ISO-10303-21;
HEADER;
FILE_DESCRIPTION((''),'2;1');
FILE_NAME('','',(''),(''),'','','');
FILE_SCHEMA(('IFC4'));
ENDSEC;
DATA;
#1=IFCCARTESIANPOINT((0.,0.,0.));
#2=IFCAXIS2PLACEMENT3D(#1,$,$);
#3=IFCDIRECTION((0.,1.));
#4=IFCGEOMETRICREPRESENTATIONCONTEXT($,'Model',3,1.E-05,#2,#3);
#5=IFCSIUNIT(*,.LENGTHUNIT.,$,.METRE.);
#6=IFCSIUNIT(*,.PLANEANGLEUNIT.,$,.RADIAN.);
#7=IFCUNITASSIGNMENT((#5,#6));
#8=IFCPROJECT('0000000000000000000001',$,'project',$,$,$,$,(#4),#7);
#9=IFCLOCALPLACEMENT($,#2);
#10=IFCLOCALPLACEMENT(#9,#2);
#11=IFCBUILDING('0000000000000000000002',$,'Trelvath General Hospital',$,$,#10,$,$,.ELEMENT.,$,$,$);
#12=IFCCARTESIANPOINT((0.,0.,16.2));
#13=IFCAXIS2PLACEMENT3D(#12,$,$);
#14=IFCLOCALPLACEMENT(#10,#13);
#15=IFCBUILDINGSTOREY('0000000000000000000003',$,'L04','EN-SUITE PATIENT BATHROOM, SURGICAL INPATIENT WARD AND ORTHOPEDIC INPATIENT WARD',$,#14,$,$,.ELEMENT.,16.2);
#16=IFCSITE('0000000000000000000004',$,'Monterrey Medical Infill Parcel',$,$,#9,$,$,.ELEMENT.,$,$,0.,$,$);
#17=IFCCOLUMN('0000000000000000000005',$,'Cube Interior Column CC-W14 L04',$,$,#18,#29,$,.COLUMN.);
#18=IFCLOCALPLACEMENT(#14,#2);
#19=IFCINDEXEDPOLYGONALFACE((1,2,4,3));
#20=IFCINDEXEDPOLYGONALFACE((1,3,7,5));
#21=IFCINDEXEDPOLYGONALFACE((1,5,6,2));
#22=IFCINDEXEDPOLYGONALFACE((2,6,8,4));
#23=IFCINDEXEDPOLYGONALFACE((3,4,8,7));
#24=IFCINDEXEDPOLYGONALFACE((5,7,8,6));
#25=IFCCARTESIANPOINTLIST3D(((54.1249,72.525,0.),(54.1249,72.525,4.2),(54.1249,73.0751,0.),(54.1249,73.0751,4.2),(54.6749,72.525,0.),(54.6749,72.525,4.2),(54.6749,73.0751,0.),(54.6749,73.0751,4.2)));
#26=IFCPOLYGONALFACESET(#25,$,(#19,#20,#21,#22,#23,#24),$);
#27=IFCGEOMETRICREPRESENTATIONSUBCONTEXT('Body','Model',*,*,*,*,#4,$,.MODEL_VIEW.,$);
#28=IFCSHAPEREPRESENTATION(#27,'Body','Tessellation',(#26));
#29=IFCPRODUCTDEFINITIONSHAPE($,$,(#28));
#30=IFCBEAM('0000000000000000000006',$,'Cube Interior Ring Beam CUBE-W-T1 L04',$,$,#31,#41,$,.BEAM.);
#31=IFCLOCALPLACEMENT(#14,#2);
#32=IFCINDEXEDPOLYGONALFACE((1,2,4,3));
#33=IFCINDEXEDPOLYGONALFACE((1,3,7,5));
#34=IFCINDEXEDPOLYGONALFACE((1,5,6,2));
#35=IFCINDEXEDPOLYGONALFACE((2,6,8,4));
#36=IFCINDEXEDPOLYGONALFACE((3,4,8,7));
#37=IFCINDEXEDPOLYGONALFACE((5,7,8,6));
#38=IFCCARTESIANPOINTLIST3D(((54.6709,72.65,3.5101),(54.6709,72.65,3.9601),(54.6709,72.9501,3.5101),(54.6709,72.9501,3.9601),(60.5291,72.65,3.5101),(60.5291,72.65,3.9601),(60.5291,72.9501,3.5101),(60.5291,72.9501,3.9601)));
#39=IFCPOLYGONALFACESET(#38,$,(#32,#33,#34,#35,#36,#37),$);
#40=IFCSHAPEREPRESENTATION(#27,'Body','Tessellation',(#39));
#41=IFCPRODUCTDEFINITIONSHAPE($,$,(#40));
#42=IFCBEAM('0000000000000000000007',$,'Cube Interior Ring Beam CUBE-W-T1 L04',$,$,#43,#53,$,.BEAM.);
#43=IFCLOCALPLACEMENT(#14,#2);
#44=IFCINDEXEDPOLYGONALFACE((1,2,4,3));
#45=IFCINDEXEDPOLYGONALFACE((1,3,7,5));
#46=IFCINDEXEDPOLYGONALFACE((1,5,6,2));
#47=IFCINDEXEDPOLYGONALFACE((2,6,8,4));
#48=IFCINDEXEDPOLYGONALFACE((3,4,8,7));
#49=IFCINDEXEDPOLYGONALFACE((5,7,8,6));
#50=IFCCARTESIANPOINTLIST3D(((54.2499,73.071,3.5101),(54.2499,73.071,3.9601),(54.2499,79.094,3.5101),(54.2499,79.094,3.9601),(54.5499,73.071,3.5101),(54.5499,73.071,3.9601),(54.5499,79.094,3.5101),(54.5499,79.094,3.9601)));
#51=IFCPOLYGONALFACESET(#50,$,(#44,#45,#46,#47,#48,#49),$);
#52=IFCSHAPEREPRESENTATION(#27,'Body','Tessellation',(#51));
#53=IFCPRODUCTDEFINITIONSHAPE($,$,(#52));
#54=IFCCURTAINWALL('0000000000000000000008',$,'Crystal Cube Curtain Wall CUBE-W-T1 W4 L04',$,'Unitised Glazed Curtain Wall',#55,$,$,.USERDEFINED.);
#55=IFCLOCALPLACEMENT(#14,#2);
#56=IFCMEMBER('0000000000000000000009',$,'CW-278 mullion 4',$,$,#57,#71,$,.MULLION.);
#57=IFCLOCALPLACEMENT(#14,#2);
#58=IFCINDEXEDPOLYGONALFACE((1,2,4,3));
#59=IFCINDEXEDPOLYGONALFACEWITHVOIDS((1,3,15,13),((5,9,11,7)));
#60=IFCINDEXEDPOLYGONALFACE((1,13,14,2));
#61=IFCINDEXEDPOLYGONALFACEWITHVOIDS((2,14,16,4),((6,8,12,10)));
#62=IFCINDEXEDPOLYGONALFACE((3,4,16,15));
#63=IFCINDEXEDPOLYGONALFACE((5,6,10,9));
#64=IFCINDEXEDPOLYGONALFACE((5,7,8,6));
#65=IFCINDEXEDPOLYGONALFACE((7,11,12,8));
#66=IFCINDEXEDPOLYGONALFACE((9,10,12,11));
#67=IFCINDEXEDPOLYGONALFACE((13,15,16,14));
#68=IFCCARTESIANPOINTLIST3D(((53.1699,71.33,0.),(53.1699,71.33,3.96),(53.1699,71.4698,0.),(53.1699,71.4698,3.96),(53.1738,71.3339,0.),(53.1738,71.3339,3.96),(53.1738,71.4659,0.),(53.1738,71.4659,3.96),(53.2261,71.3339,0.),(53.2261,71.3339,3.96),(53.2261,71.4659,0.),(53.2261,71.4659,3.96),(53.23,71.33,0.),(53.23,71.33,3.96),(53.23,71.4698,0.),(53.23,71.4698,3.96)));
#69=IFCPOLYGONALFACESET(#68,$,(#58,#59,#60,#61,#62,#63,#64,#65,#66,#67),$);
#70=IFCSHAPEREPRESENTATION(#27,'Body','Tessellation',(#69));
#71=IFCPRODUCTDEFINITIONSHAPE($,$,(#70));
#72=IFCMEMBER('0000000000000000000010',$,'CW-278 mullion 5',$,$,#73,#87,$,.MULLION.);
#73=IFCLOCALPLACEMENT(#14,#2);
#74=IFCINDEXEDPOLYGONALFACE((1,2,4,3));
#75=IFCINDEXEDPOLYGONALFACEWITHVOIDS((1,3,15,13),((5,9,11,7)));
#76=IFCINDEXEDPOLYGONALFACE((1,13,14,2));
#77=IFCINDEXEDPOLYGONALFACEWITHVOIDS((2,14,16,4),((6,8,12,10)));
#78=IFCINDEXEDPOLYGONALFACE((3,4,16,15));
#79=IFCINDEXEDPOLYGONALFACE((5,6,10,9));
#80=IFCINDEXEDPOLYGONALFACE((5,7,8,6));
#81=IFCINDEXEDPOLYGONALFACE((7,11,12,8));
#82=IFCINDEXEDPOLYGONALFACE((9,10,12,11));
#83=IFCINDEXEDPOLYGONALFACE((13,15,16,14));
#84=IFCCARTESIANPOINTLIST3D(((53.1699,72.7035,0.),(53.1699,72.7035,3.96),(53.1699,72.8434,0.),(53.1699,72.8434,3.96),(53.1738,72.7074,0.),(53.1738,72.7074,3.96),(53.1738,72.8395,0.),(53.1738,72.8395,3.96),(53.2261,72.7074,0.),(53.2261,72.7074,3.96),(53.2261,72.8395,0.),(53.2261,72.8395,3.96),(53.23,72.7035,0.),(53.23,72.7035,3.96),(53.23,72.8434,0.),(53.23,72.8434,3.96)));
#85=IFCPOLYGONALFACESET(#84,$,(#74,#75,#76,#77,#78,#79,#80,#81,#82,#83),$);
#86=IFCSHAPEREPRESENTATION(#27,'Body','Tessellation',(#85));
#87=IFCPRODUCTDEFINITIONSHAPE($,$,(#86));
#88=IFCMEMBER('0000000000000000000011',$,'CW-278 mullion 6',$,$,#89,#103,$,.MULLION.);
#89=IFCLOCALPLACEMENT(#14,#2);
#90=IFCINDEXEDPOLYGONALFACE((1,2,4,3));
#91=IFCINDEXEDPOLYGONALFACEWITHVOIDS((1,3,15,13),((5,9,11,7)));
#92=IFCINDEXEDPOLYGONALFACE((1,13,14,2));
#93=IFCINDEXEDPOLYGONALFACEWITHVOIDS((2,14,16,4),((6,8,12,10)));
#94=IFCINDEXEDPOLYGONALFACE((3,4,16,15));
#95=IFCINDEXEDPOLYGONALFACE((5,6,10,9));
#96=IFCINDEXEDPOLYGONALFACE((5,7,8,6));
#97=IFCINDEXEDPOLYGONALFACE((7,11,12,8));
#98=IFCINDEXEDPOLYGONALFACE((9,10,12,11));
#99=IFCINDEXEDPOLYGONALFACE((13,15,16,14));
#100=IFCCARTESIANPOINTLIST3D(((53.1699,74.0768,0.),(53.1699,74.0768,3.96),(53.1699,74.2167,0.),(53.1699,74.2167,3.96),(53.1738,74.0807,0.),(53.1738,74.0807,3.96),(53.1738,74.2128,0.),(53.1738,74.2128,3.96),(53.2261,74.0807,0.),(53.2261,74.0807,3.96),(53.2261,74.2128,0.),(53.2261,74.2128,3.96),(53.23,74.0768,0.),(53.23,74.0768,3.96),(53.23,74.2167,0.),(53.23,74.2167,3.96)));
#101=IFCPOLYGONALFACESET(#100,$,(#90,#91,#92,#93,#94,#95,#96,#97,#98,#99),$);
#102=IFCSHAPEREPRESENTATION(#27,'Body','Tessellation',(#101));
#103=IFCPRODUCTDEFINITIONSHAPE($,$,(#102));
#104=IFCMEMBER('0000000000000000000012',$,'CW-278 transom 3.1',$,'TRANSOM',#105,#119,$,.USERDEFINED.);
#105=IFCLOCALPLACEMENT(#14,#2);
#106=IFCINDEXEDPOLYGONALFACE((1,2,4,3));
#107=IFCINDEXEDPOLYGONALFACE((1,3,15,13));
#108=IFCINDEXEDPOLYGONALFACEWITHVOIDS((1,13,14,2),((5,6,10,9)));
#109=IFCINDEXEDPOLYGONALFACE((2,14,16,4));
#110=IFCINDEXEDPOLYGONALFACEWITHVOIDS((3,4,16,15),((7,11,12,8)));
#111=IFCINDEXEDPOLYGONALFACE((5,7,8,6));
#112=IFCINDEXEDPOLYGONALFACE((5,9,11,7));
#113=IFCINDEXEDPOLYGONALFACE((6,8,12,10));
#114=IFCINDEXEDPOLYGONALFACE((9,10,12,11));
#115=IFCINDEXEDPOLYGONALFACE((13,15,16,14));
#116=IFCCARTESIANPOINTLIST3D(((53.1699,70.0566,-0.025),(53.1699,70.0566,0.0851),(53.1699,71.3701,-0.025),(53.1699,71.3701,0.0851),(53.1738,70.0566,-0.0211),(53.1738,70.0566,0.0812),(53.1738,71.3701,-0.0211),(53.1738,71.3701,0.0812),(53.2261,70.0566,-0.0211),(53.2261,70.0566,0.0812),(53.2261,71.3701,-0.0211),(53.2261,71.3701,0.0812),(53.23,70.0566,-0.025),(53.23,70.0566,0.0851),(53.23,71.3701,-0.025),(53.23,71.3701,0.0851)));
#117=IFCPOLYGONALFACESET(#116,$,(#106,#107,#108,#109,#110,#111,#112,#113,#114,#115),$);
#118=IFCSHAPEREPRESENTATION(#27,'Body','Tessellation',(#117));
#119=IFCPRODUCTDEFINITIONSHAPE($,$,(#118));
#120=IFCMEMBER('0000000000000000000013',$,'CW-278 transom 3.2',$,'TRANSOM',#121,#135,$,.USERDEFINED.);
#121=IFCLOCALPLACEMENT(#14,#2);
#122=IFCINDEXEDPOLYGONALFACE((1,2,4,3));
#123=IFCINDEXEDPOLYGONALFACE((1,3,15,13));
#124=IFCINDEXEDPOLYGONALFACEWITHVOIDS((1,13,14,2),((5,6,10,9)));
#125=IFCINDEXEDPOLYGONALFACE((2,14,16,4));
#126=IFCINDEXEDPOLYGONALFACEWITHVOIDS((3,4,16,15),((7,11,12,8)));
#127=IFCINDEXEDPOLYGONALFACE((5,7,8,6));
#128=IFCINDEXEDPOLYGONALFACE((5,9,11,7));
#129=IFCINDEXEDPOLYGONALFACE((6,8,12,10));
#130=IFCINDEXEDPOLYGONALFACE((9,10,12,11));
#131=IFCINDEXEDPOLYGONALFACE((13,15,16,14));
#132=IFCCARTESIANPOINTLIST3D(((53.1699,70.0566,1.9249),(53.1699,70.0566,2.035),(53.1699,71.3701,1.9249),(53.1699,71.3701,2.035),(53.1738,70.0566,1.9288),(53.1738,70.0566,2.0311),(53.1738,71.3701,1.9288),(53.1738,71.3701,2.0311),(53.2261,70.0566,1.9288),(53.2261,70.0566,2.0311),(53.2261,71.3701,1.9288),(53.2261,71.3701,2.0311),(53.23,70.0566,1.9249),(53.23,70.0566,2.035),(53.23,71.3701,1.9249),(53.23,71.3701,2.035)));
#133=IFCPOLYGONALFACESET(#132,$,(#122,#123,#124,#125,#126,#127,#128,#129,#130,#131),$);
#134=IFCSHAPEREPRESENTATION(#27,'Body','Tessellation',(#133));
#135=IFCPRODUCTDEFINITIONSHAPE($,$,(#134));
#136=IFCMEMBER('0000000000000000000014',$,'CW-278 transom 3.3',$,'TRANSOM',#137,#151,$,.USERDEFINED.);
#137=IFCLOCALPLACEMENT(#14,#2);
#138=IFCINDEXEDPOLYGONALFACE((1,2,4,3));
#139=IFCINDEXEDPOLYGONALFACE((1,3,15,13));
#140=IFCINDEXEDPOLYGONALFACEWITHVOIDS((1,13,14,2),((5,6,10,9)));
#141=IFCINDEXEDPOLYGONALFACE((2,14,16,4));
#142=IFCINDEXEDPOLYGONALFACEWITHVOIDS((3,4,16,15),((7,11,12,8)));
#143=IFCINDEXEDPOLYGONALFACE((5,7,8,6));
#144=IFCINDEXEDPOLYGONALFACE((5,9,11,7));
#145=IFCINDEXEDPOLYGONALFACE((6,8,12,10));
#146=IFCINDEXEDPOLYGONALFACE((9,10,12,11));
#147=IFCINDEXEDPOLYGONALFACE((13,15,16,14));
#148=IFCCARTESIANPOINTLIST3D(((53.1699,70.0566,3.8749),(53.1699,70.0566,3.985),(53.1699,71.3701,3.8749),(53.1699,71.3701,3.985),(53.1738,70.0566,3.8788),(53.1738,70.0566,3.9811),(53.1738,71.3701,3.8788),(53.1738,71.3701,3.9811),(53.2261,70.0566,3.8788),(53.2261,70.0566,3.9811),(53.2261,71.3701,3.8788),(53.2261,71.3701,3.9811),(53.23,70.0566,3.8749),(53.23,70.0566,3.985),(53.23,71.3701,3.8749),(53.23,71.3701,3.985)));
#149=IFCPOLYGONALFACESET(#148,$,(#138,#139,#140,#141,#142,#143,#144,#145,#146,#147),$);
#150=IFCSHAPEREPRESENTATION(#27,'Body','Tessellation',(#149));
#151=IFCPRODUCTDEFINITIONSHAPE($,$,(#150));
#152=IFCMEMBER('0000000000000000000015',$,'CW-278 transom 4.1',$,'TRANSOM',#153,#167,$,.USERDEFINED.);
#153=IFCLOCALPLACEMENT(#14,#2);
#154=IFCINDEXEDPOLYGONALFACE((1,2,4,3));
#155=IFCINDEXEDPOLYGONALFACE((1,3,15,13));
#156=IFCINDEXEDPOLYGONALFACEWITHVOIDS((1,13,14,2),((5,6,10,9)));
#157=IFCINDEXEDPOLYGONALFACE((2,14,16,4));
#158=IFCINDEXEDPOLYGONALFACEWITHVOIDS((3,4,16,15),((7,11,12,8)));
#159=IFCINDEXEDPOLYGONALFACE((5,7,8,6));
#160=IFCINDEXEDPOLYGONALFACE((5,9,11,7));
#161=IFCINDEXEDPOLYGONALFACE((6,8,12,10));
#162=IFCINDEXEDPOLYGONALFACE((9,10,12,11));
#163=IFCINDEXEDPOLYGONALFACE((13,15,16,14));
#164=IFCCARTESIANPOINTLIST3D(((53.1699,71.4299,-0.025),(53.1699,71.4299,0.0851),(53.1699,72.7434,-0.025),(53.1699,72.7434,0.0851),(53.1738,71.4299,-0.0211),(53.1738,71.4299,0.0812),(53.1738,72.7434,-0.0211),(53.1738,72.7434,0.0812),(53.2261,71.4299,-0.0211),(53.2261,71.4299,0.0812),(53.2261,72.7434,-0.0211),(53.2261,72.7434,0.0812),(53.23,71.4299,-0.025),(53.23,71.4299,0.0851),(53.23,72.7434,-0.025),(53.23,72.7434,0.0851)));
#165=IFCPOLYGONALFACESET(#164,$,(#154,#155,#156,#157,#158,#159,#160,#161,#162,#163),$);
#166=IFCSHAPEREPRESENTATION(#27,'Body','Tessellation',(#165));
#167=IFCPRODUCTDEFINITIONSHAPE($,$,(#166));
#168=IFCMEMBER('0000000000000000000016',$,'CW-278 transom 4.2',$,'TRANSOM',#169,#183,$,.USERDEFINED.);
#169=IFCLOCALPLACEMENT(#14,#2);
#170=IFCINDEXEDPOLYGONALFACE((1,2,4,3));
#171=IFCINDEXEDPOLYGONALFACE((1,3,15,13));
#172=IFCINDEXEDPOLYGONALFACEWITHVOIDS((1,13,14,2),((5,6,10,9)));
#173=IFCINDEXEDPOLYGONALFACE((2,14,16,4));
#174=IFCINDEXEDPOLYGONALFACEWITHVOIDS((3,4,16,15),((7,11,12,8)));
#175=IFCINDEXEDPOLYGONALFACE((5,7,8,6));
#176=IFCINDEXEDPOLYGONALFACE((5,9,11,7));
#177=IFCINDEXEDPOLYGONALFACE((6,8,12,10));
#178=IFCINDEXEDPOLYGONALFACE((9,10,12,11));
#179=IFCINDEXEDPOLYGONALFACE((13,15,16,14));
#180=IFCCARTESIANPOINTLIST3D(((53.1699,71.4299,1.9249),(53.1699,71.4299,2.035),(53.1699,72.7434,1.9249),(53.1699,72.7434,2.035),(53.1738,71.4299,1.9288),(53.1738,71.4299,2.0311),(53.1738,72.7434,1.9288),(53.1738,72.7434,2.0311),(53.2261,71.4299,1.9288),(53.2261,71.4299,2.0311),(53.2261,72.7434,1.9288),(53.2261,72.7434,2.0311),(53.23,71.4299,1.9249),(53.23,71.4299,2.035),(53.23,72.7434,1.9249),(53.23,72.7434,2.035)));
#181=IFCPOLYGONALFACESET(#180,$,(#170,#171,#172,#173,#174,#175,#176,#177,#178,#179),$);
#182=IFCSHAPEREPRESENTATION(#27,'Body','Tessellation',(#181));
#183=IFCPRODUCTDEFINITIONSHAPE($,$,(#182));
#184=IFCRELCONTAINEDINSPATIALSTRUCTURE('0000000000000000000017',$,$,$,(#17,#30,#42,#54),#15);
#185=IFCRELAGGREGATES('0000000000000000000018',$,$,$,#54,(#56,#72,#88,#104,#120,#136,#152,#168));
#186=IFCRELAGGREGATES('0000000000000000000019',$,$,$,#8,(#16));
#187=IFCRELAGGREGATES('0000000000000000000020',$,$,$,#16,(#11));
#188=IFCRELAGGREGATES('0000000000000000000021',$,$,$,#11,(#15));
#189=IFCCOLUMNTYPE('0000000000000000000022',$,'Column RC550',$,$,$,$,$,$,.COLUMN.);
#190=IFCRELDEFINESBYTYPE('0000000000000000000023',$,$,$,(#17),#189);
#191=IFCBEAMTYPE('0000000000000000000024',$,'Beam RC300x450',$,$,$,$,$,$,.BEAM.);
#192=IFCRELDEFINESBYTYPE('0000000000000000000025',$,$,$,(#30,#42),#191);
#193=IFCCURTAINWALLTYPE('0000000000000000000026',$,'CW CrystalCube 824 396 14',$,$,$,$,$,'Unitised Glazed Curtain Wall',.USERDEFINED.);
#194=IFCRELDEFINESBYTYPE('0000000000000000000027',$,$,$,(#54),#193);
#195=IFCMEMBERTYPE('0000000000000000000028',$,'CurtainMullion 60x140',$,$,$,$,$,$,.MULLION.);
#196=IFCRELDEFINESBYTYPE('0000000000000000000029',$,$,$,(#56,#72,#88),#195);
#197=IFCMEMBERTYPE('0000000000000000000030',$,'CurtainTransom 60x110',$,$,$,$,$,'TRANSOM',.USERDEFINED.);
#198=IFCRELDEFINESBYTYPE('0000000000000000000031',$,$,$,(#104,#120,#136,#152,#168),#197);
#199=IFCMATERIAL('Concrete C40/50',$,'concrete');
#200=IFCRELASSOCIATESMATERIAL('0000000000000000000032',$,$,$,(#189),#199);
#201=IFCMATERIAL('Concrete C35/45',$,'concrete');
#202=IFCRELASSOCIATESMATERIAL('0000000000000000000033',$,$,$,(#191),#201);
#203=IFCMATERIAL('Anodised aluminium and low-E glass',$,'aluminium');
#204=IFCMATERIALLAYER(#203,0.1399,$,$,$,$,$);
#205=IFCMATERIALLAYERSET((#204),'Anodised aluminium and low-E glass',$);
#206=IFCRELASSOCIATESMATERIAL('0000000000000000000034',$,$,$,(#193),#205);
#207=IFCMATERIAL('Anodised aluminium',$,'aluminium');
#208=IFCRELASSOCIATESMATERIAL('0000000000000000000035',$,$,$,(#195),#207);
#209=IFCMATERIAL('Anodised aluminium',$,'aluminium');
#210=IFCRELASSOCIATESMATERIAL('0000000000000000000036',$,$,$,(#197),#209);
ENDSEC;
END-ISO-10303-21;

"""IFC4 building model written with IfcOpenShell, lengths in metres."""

from ifc_helpers import new_model, si_unit, direction, frame, origin, origin_2d, place, context, subcontext, project, spatial, rectangle, hollow_rectangle, extrude, material, layer, layer_set, material_profile, profile_set, type_object, element, aggregate, save


model = new_model("IFC4")

# Units and contexts
model_context = context("Model", 3, precision=1e-05, world=origin(), true_north=direction((0.0, 1.0)))
body_context = subcontext(model_context, "Body", "Model", "MODEL_VIEW")
ifc_project = project(units=[si_unit("LENGTHUNIT", "METRE"), si_unit("PLANEANGLEUNIT", "RADIAN")], contexts=[model_context])

# Site, building, storey
site_placement = place(None, origin())
site = spatial("IfcSite", under=ifc_project, at=site_placement, Name="Monterrey Medical Infill Parcel", CompositionType="ELEMENT", RefElevation=0.0)
building_placement = place(site_placement, origin())
building = spatial("IfcBuilding", under=site, at=building_placement, Name="Trelvath General Hospital", CompositionType="ELEMENT")
storey_placement = place(building_placement, frame((0.0, 0.0, 16.2)))
storey = spatial("IfcBuildingStorey", under=building, at=storey_placement, Name="L04", Description="EN-SUITE PATIENT BATHROOM, SURGICAL INPATIENT WARD AND ORTHOPEDIC INPATIENT WARD", CompositionType="ELEMENT", Elevation=16.2)

# Column
ifc_material_1 = material(Name="Concrete C40/50", Category="concrete")
ifc_material_profile_1 = material_profile(ifc_material_1, rectangle(XDim=0.55, YDim=0.55, at=origin_2d()), Name="RC550x550")
ifc_profile_set_1 = profile_set([ifc_material_profile_1], Name="Concrete C40/50")
column_type = type_object("IfcColumnType", Name="Column RC550", PredefinedType="COLUMN", material=ifc_profile_set_1)
column_placement = place(storey_placement, frame((54.3999, 72.8, 0.0), z_axis=(0.0, 0.0, 1.0), x_axis=(1.0, 0.0, 0.0)))
element("IfcColumn", 1, at=column_placement, inside=storey, type_object=column_type, Name="Cube Interior Column CC-W14 L04", PredefinedType="COLUMN", context=body_context, shape_type="SweptSolid", body=[
    extrude(rectangle(XDim=0.55, YDim=0.55, at=origin_2d()), origin(), (0.0, 0.0, 1.0), 4.2),
])

# Beams
ifc_material_2 = material(Name="Concrete C35/45", Category="concrete")
ifc_material_profile_2 = material_profile(ifc_material_2, rectangle(XDim=0.3, YDim=0.45, at=origin_2d()), Name="RCB300x450")
ifc_profile_set_2 = profile_set([ifc_material_profile_2], Name="Concrete C35/45")
beam_type = type_object("IfcBeamType", Name="Beam RC300x450", PredefinedType="BEAM", material=ifc_profile_set_2)
beam_1_placement = place(storey_placement, frame((54.6709, 72.8, 3.7351), z_axis=(1.0, 0.0, 0.0), x_axis=(0.0, 1.0, 0.0)))
element("IfcBeam", 2, at=beam_1_placement, inside=storey, type_object=beam_type, Name="Cube Interior Ring Beam CUBE-W-T1 L04", PredefinedType="BEAM", context=body_context, shape_type="SweptSolid", body=[
    extrude(rectangle(XDim=0.3, YDim=0.45, at=origin_2d()), origin(), (0.0, 0.0, 1.0), 5.8582),
])
beam_2_placement = place(storey_placement, frame((54.3999, 73.071, 3.7351), z_axis=(0.0, 1.0, 0.0), x_axis=(-1.0, 0.0, 0.0)))
element("IfcBeam", 3, at=beam_2_placement, inside=storey, type_object=beam_type, Name="Cube Interior Ring Beam CUBE-W-T1 L04", PredefinedType="BEAM", context=body_context, shape_type="SweptSolid", body=[
    extrude(rectangle(XDim=0.3, YDim=0.45, at=origin_2d()), origin(), (0.0, 0.0, 1.0), 6.0229),
])

# Curtain wall, members
ifc_material_3 = material(Name="Anodised aluminium and low-E glass", Category="aluminium")
ifc_layer_1 = layer(ifc_material_3, 0.1399)
ifc_layer_set_1 = layer_set([ifc_layer_1], Name="Anodised aluminium and low-E glass")
curtain_wall_type = type_object("IfcCurtainWallType", Name="CW CrystalCube 824 396 14", ElementType="Unitised Glazed Curtain Wall", PredefinedType="USERDEFINED", material=ifc_layer_set_1)
curtain_wall_placement = place(storey_placement, origin())
curtain_wall = element("IfcCurtainWall", 4, at=curtain_wall_placement, inside=storey, type_object=curtain_wall_type, Name="Crystal Cube Curtain Wall CUBE-W-T1 W4 L04", ObjectType="Unitised Glazed Curtain Wall", PredefinedType="USERDEFINED")
ifc_material_4 = material(Name="Anodised aluminium", Category="aluminium")
ifc_material_profile_3 = material_profile(ifc_material_4, hollow_rectangle(XDim=0.0601, YDim=0.1399, WallThickness=0.0039, at=origin_2d()), Name="RHS60x140x4")
ifc_profile_set_3 = profile_set([ifc_material_profile_3], Name="Anodised aluminium")
member_type_1 = type_object("IfcMemberType", Name="CurtainMullion 60x140", PredefinedType="MULLION", material=ifc_profile_set_3)
member_1_placement = place(storey_placement, frame((53.2, 71.3999, 0.0), z_axis=(0.0, 0.0, 1.0), x_axis=(-1.0, 0.0, 0.0)))
member_1 = element("IfcMember", 5, at=member_1_placement, type_object=member_type_1, Name="CW-278 mullion 4", PredefinedType="MULLION", context=body_context, shape_type="SweptSolid", body=[
    extrude(hollow_rectangle(XDim=0.0601, YDim=0.1399, WallThickness=0.0039, at=origin_2d()), origin(), (0.0, 0.0, 1.0), 3.96),
])
member_2_placement = place(storey_placement, frame((53.2, 72.7734, 0.0), z_axis=(0.0, 0.0, 1.0), x_axis=(-1.0, 0.0, 0.0)))
member_2 = element("IfcMember", 6, at=member_2_placement, type_object=member_type_1, Name="CW-278 mullion 5", PredefinedType="MULLION", context=body_context, shape_type="SweptSolid", body=[
    extrude(hollow_rectangle(XDim=0.0601, YDim=0.1399, WallThickness=0.0039, at=origin_2d()), origin(), (0.0, 0.0, 1.0), 3.96),
])
member_3_placement = place(storey_placement, frame((53.2, 74.1467, 0.0), z_axis=(0.0, 0.0, 1.0), x_axis=(-1.0, 0.0, 0.0)))
member_3 = element("IfcMember", 7, at=member_3_placement, type_object=member_type_1, Name="CW-278 mullion 6", PredefinedType="MULLION", context=body_context, shape_type="SweptSolid", body=[
    extrude(hollow_rectangle(XDim=0.0601, YDim=0.1399, WallThickness=0.0039, at=origin_2d()), origin(), (0.0, 0.0, 1.0), 3.96),
])
ifc_material_5 = material(Name="Anodised aluminium", Category="aluminium")
ifc_material_profile_4 = material_profile(ifc_material_5, hollow_rectangle(XDim=0.0601, YDim=0.1101, WallThickness=0.0039, at=origin_2d()), Name="RHS60x110x4")
ifc_profile_set_4 = profile_set([ifc_material_profile_4], Name="Anodised aluminium")
member_type_2 = type_object("IfcMemberType", Name="CurtainTransom 60x110", ElementType="TRANSOM", PredefinedType="USERDEFINED", material=ifc_profile_set_4)
member_4_placement = place(storey_placement, frame((53.2, 70.0566, 0.03), z_axis=(0.0, 1.0, 0.0), x_axis=(-1.0, 0.0, 0.0)))
member_4 = element("IfcMember", 8, at=member_4_placement, type_object=member_type_2, Name="CW-278 transom 3.1", ObjectType="TRANSOM", PredefinedType="USERDEFINED", context=body_context, shape_type="SweptSolid", body=[
    extrude(hollow_rectangle(XDim=0.0601, YDim=0.1101, WallThickness=0.0039, at=origin_2d()), origin(), (0.0, 0.0, 1.0), 1.3135),
])
member_5_placement = place(storey_placement, frame((53.2, 70.0566, 1.98), z_axis=(0.0, 1.0, 0.0), x_axis=(-1.0, 0.0, 0.0)))
member_5 = element("IfcMember", 9, at=member_5_placement, type_object=member_type_2, Name="CW-278 transom 3.2", ObjectType="TRANSOM", PredefinedType="USERDEFINED", context=body_context, shape_type="SweptSolid", body=[
    extrude(hollow_rectangle(XDim=0.0601, YDim=0.1101, WallThickness=0.0039, at=origin_2d()), origin(), (0.0, 0.0, 1.0), 1.3135),
])
member_6_placement = place(storey_placement, frame((53.2, 70.0566, 3.9299), z_axis=(0.0, 1.0, 0.0), x_axis=(-1.0, 0.0, 0.0)))
member_6 = element("IfcMember", 10, at=member_6_placement, type_object=member_type_2, Name="CW-278 transom 3.3", ObjectType="TRANSOM", PredefinedType="USERDEFINED", context=body_context, shape_type="SweptSolid", body=[
    extrude(hollow_rectangle(XDim=0.0601, YDim=0.1101, WallThickness=0.0039, at=origin_2d()), origin(), (0.0, 0.0, 1.0), 1.3135),
])
member_7_placement = place(storey_placement, frame((53.2, 71.4299, 0.03), z_axis=(0.0, 1.0, 0.0), x_axis=(-1.0, 0.0, 0.0)))
member_7 = element("IfcMember", 11, at=member_7_placement, type_object=member_type_2, Name="CW-278 transom 4.1", ObjectType="TRANSOM", PredefinedType="USERDEFINED", context=body_context, shape_type="SweptSolid", body=[
    extrude(hollow_rectangle(XDim=0.0601, YDim=0.1101, WallThickness=0.0039, at=origin_2d()), origin(), (0.0, 0.0, 1.0), 1.3135),
])
member_8_placement = place(storey_placement, frame((53.2, 71.4299, 1.98), z_axis=(0.0, 1.0, 0.0), x_axis=(-1.0, 0.0, 0.0)))
member_8 = element("IfcMember", 12, at=member_8_placement, type_object=member_type_2, Name="CW-278 transom 4.2", ObjectType="TRANSOM", PredefinedType="USERDEFINED", context=body_context, shape_type="SweptSolid", body=[
    extrude(hollow_rectangle(XDim=0.0601, YDim=0.1101, WallThickness=0.0039, at=origin_2d()), origin(), (0.0, 0.0, 1.0), 1.3135),
])
aggregate(curtain_wall, [member_1, member_2, member_3, member_4, member_5, member_6, member_7, member_8])

save(model, "model.ifc")
